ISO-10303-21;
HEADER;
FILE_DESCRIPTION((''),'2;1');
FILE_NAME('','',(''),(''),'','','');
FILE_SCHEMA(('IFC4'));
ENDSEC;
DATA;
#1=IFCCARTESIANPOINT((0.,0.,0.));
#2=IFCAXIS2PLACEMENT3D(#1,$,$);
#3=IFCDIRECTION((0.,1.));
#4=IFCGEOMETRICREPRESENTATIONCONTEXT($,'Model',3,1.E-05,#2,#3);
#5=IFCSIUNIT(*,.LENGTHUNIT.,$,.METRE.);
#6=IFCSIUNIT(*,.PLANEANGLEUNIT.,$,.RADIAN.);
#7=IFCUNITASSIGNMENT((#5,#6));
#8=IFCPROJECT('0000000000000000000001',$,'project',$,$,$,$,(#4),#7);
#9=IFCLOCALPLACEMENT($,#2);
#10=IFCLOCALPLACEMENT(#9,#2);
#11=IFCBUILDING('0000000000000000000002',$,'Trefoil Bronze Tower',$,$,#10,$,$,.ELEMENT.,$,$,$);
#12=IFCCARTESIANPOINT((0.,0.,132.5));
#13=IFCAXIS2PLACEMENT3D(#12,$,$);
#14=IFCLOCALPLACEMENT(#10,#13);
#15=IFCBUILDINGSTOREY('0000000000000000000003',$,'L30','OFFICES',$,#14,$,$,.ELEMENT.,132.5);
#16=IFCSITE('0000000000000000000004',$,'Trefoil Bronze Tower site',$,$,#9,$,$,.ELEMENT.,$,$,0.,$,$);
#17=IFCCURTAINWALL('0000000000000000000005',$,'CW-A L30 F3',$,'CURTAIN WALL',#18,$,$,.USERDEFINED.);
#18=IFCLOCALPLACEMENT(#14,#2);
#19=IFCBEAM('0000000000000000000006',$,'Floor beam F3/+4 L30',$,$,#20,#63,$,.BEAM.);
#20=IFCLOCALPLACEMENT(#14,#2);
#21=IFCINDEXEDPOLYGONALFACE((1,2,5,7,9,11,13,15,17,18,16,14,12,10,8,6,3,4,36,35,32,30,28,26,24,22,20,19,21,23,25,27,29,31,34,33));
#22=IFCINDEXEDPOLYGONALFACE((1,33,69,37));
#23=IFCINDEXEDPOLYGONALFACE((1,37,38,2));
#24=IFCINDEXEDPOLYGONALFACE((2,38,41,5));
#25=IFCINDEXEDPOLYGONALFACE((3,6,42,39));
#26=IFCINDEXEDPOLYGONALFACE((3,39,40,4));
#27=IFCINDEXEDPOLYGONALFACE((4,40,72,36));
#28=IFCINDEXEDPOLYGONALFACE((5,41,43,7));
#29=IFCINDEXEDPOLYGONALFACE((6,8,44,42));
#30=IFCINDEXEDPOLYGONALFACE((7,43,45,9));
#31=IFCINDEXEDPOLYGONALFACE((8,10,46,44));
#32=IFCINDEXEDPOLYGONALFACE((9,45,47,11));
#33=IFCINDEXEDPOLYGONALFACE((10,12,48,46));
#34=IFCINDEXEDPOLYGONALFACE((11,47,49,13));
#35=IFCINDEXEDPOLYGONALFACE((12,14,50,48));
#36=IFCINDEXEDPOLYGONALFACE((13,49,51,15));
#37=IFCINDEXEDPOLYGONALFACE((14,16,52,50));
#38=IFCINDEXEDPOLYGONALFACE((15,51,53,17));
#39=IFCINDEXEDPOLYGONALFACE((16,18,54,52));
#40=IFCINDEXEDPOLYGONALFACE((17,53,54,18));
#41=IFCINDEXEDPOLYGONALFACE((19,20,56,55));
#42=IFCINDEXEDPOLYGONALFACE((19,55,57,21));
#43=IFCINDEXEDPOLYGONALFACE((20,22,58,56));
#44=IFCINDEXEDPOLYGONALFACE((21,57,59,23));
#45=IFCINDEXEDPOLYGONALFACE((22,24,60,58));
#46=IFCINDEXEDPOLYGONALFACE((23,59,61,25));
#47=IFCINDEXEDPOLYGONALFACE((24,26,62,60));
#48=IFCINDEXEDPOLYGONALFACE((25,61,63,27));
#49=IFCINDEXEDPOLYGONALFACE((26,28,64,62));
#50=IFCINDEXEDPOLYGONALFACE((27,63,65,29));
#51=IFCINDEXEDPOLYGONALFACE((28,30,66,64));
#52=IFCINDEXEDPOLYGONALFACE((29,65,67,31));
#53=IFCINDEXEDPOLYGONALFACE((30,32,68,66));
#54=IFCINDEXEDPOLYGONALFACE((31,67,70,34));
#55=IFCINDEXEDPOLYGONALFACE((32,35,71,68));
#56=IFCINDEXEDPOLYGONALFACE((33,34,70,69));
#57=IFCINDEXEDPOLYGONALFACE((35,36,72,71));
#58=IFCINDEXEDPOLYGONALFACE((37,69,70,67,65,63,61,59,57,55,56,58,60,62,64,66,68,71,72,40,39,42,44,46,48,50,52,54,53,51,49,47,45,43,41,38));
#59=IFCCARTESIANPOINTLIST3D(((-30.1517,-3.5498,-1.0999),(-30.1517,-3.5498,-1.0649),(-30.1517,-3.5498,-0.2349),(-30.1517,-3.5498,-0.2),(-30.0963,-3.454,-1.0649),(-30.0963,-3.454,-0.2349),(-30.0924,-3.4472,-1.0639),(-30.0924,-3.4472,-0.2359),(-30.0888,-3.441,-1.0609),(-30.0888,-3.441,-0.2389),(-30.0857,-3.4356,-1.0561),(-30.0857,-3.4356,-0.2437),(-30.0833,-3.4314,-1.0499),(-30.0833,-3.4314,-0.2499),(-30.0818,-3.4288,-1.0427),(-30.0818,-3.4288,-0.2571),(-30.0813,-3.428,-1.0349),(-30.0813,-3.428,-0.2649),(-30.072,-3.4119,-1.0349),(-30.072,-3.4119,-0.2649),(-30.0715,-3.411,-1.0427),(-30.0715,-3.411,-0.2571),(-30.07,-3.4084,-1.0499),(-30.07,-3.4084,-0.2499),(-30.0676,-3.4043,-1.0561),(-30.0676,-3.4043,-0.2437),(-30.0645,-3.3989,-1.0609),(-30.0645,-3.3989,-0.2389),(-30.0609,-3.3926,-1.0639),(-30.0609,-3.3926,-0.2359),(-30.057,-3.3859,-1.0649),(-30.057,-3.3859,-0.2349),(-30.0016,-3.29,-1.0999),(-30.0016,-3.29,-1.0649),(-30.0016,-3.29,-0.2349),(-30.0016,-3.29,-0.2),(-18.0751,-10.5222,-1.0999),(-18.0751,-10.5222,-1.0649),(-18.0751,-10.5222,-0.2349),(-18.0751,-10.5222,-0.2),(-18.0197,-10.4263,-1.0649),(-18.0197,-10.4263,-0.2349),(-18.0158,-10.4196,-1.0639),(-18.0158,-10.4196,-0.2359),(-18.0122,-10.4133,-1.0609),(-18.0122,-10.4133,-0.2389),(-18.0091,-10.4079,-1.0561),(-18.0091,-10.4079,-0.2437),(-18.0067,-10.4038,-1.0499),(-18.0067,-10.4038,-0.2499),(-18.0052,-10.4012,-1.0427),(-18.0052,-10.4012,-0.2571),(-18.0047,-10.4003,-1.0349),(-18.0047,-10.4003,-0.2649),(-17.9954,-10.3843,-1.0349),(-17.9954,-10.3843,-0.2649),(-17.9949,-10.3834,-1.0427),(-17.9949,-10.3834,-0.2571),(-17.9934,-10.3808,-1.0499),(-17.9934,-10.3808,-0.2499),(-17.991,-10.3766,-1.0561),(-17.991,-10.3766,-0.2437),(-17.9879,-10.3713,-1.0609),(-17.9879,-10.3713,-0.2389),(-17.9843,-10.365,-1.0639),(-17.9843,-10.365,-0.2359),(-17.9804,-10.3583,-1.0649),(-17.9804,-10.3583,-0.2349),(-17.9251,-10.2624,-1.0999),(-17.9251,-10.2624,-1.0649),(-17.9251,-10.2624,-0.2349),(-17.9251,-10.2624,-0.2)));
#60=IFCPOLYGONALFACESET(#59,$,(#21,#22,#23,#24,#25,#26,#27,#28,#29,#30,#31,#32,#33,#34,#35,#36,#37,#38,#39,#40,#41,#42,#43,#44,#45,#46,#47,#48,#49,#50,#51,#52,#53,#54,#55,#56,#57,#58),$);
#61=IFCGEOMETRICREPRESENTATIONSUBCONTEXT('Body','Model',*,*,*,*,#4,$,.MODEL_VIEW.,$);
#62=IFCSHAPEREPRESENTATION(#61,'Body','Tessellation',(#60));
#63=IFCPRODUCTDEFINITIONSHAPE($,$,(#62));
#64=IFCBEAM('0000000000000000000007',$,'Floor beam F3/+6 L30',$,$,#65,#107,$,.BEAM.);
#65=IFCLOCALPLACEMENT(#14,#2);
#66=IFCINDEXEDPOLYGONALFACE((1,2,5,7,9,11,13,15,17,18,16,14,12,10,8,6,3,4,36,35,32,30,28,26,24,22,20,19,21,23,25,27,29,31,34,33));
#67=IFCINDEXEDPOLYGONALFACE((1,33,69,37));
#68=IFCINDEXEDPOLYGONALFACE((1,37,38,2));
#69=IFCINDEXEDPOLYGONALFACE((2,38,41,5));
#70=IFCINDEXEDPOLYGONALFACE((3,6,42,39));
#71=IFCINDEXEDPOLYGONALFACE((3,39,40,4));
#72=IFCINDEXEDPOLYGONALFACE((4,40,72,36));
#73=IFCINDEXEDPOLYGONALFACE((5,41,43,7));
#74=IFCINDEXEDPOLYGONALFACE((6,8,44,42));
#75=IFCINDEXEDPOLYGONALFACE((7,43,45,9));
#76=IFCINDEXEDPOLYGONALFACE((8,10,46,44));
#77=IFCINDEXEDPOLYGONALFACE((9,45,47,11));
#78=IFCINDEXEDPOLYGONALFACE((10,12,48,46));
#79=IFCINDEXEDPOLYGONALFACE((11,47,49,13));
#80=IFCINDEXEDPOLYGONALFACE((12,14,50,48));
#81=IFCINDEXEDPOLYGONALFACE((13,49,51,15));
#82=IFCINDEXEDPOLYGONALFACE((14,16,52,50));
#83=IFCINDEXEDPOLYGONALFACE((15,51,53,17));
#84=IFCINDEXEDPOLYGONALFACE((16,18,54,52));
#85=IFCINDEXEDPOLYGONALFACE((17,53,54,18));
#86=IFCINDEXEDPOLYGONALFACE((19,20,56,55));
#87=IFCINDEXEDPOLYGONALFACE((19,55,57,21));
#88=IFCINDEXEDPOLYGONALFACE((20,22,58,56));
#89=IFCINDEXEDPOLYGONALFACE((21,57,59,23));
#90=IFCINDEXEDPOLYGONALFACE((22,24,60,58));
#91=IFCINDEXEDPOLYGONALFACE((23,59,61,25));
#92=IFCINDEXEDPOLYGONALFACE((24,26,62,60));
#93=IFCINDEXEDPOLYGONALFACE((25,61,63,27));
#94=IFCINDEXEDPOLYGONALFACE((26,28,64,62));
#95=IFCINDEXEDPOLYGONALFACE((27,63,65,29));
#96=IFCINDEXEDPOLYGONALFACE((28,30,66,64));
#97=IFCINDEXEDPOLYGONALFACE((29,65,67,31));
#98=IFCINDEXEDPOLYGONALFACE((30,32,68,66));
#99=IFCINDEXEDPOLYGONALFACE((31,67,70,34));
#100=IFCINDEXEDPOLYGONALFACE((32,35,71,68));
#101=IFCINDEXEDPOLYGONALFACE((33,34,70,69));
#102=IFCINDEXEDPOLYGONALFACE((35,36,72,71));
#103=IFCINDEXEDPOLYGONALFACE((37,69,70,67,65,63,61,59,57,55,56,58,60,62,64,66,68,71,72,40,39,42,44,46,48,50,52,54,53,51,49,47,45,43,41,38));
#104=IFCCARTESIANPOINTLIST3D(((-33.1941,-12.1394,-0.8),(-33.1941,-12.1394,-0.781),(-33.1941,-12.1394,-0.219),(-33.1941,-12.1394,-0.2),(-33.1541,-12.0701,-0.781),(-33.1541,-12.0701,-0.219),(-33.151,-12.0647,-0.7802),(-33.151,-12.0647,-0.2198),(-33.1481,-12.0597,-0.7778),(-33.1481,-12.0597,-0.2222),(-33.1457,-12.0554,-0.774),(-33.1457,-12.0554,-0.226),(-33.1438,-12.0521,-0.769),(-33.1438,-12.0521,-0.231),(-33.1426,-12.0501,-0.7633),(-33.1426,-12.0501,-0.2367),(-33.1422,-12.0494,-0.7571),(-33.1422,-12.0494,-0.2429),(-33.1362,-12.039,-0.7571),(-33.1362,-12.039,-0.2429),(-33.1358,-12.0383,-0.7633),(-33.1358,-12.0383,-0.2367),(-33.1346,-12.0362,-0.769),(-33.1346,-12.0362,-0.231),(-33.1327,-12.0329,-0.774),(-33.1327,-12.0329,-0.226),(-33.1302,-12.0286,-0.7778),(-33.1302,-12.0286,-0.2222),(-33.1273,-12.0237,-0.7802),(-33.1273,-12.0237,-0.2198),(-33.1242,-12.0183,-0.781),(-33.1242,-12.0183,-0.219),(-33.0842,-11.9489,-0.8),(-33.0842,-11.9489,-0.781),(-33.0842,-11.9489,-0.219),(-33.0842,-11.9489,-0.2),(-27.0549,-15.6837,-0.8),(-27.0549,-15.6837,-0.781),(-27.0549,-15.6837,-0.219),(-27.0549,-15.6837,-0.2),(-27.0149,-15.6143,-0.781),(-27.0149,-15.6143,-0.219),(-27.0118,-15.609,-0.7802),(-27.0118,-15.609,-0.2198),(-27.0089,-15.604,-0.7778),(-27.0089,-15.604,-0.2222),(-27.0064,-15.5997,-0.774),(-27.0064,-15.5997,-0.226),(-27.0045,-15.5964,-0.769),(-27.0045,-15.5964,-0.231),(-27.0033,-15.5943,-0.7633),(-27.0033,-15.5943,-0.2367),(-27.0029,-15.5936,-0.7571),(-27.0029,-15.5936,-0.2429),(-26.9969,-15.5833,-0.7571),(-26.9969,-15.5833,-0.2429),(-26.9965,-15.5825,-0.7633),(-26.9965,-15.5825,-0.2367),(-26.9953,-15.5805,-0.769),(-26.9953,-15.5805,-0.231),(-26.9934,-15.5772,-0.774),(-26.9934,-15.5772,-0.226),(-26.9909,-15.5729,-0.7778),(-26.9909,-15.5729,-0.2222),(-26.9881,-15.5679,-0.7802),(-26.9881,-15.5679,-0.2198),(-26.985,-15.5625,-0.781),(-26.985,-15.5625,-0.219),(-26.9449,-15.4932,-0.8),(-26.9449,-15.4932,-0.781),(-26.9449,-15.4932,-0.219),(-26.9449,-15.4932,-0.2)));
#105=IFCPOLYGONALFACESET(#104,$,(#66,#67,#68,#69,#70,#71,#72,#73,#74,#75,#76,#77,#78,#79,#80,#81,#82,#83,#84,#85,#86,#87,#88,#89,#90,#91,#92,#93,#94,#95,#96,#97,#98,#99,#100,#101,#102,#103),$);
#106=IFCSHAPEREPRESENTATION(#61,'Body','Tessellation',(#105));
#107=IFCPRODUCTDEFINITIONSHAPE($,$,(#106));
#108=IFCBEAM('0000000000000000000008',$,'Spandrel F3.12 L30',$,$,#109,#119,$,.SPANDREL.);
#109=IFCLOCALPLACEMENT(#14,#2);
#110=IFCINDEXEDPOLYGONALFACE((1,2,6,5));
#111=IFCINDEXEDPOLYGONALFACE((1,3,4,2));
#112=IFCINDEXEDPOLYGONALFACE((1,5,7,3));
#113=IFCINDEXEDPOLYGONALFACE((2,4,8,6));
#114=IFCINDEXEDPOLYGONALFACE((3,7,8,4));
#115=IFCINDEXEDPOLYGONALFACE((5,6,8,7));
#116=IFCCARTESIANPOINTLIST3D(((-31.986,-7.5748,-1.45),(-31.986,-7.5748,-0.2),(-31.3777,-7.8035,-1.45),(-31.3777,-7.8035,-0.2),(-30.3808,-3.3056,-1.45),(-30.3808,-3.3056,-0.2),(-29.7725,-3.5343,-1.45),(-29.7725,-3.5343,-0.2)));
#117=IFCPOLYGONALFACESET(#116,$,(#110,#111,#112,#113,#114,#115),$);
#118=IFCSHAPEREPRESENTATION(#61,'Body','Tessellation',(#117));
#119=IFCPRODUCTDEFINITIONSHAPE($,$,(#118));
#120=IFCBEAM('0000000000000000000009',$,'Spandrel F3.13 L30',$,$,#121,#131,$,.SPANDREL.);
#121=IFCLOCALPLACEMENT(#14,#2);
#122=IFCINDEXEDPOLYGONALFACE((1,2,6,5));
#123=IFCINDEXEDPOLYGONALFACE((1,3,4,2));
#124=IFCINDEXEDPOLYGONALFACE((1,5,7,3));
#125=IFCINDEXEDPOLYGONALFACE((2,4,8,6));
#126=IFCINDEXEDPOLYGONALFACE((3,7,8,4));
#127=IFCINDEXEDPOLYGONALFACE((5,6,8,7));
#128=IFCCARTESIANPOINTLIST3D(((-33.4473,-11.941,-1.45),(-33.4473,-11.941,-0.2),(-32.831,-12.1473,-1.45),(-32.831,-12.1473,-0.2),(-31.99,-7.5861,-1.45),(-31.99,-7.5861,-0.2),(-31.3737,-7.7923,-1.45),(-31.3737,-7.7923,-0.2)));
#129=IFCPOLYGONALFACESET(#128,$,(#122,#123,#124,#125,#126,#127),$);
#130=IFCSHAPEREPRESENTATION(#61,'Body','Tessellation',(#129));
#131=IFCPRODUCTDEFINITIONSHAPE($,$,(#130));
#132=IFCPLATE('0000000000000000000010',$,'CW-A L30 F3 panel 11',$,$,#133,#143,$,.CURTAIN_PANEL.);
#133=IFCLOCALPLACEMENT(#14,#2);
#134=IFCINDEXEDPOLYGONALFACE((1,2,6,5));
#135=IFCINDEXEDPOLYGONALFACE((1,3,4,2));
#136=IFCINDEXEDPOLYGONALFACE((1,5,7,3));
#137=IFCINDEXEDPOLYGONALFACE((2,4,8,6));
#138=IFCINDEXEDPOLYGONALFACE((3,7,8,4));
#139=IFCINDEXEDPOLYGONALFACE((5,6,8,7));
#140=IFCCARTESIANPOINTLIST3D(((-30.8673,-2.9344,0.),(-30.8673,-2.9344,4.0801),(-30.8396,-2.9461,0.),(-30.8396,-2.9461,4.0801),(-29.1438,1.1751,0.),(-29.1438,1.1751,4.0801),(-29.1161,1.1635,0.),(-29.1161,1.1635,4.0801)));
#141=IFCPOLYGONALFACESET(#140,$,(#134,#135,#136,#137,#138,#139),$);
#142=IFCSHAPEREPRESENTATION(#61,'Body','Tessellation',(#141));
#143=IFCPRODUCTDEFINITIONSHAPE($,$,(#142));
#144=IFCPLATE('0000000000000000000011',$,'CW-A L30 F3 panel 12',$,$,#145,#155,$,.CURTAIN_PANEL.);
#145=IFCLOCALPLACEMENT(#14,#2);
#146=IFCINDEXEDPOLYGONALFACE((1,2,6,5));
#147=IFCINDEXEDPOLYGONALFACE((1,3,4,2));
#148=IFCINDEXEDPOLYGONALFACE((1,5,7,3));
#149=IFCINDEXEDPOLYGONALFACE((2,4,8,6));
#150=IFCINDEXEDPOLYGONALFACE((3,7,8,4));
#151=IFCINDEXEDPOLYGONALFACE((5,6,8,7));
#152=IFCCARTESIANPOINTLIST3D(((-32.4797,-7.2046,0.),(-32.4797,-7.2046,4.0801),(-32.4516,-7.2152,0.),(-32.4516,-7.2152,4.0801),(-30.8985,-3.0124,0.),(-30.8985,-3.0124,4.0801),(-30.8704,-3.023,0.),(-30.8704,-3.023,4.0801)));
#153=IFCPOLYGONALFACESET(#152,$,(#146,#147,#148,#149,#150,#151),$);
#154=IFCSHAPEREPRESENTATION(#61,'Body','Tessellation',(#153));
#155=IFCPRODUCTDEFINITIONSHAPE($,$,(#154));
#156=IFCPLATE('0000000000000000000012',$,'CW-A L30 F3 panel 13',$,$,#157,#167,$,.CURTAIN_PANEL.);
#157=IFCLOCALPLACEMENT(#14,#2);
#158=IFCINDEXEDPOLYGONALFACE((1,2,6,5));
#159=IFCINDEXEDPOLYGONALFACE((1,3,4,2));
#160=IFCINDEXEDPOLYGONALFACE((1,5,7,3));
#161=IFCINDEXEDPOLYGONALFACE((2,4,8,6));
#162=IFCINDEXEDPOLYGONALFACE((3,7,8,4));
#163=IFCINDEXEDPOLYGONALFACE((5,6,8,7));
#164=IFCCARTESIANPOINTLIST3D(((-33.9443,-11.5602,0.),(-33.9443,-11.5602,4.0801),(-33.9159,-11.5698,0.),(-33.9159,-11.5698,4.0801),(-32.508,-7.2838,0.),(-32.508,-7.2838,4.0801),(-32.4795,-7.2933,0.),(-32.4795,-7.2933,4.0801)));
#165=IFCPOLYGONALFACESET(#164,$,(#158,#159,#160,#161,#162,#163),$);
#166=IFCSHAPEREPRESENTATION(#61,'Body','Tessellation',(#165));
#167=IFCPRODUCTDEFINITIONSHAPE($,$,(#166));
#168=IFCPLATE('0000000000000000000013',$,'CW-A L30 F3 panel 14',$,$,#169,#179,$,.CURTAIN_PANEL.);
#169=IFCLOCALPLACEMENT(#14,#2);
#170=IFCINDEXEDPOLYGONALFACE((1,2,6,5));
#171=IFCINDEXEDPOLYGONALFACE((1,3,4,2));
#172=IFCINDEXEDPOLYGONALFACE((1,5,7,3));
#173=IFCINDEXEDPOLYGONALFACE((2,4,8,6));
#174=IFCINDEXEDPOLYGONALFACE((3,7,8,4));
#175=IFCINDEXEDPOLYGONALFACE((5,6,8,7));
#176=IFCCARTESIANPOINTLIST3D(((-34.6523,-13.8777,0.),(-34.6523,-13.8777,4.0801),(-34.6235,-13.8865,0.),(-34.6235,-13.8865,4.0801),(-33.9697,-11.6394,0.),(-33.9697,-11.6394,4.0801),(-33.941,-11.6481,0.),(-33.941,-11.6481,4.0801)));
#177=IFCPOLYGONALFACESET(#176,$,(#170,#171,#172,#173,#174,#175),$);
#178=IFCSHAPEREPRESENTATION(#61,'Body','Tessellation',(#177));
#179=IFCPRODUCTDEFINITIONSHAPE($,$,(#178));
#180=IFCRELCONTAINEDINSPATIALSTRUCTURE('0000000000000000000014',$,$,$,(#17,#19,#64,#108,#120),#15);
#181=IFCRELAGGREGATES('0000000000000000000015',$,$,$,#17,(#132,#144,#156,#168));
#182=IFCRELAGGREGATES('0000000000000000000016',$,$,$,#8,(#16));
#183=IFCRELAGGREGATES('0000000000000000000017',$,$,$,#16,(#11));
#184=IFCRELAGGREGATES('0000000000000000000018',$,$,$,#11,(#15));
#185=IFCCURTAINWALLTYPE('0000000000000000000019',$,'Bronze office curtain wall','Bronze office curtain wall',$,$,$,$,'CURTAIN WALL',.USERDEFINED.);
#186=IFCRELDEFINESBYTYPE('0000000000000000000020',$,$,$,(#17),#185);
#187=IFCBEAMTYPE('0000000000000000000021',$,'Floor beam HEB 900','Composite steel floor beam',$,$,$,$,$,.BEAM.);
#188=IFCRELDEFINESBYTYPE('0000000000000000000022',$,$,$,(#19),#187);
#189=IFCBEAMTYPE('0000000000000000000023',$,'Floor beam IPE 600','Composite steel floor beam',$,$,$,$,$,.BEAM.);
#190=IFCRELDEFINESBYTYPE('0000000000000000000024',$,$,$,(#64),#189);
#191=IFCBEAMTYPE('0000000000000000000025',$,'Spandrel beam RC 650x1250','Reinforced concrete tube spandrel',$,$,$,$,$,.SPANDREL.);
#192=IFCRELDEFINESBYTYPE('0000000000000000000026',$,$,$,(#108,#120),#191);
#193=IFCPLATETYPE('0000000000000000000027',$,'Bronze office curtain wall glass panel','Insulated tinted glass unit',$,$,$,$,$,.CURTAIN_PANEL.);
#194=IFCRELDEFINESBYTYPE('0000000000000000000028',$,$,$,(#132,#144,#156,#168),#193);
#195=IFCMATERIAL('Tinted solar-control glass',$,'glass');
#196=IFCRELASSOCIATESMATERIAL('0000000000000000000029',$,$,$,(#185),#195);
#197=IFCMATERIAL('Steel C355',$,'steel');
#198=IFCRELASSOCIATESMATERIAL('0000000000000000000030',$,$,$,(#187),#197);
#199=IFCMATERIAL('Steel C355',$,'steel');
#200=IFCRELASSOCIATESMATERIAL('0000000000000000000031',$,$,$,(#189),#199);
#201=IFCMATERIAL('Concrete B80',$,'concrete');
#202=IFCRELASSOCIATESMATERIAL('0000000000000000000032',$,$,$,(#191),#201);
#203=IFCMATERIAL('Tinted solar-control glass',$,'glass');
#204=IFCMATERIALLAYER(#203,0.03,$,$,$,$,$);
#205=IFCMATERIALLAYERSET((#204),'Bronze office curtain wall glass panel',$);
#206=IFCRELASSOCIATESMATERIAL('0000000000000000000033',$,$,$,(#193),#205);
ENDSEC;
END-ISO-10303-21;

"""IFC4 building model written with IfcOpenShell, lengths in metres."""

from ifc_helpers import new_model, si_unit, direction, frame, origin, origin_2d, place, context, subcontext, project, spatial, rectangle, i_section, extrude, material, layer, layer_set, material_profile, profile_set, type_object, element, aggregate, save


model = new_model("IFC4")

# Units and contexts
model_context = context("Model", 3, precision=1e-05, world=origin(), true_north=direction((0.0, 1.0)))
body_context = subcontext(model_context, "Body", "Model", "MODEL_VIEW")
ifc_project = project(units=[si_unit("LENGTHUNIT", "METRE"), si_unit("PLANEANGLEUNIT", "RADIAN")], contexts=[model_context])

# Site, building, storey
site_placement = place(None, origin())
site = spatial("IfcSite", under=ifc_project, at=site_placement, Name="Trefoil Bronze Tower site", CompositionType="ELEMENT", RefElevation=0.0)
building_placement = place(site_placement, origin())
building = spatial("IfcBuilding", under=site, at=building_placement, Name="Trefoil Bronze Tower", CompositionType="ELEMENT")
storey_placement = place(building_placement, frame((0.0, 0.0, 132.5)))
storey = spatial("IfcBuildingStorey", under=building, at=storey_placement, Name="L30", Description="OFFICES", CompositionType="ELEMENT", Elevation=132.5)

# Curtain wall
ifc_material_1 = material(Name="Tinted solar-control glass", Category="glass")
curtain_wall_type_1 = type_object("IfcCurtainWallType", Name="Bronze office curtain wall", Description="Bronze office curtain wall", ElementType="CURTAIN WALL", PredefinedType="USERDEFINED", material=ifc_material_1)
curtain_wall_1_placement = place(storey_placement, origin())
curtain_wall_1 = element("IfcCurtainWall", 1, at=curtain_wall_1_placement, inside=storey, type_object=curtain_wall_type_1, Name="CW-A L30 F3", ObjectType="CURTAIN WALL", PredefinedType="USERDEFINED")

# Beams
ifc_material_2 = material(Name="Steel C355", Category="steel")
ifc_material_profile_1 = material_profile(ifc_material_2, i_section(OverallWidth=0.3, OverallDepth=0.8999, WebThickness=0.0186, FlangeThickness=0.0349, FilletRadius=0.03, at=origin_2d()), Name="HEB 900")
ifc_profile_set_1 = profile_set([ifc_material_profile_1], Name="Steel C355")
beam_type_1 = type_object("IfcBeamType", Name="Floor beam HEB 900", Description="Composite steel floor beam", PredefinedType="BEAM", material=ifc_profile_set_1)
beam_1_placement = place(storey_placement, frame((-30.0767, -3.4199, -0.6499), z_axis=(0.866027, -0.499997, 0.0), x_axis=(0.499997, 0.866027, 0.0)))
element("IfcBeam", 2, at=beam_1_placement, inside=storey, type_object=beam_type_1, Name="Floor beam F3/+4 L30", PredefinedType="BEAM", context=body_context, shape_type="SweptSolid", body=[
    extrude(i_section(OverallWidth=0.3, OverallDepth=0.8999, WebThickness=0.0186, FlangeThickness=0.0349, FilletRadius=0.03, at=origin_2d()), origin(), (0.0, 0.0, 1.0), 13.9448),
])
ifc_material_3 = material(Name="Steel C355", Category="steel")
ifc_material_profile_2 = material_profile(ifc_material_3, i_section(OverallWidth=0.22, OverallDepth=0.6001, WebThickness=0.012, FlangeThickness=0.019, FilletRadius=0.0239, at=origin_2d()), Name="IPE 600")
ifc_profile_set_2 = profile_set([ifc_material_profile_2], Name="Steel C355")
beam_type_2 = type_object("IfcBeamType", Name="Floor beam IPE 600", Description="Composite steel floor beam", PredefinedType="BEAM", material=ifc_profile_set_2)
beam_2_placement = place(storey_placement, frame((-33.1392, -12.0442, -0.5), z_axis=(0.866041, -0.499973, 0.0), x_axis=(0.499973, 0.866041, 0.0)))
element("IfcBeam", 3, at=beam_2_placement, inside=storey, type_object=beam_type_2, Name="Floor beam F3/+6 L30", PredefinedType="BEAM", context=body_context, shape_type="SweptSolid", body=[
    extrude(i_section(OverallWidth=0.22, OverallDepth=0.6001, WebThickness=0.012, FlangeThickness=0.019, FilletRadius=0.0239, at=origin_2d()), origin(), (0.0, 0.0, 1.0), 7.0889),
])
ifc_material_4 = material(Name="Concrete B80", Category="concrete")
ifc_material_profile_3 = material_profile(ifc_material_4, rectangle(XDim=0.6499, YDim=1.25, at=origin_2d()), Name="RC 650x1250")
ifc_profile_set_3 = profile_set([ifc_material_profile_3], Name="Concrete B80")
beam_type_3 = type_object("IfcBeamType", Name="Spandrel beam RC 650x1250", Description="Reinforced concrete tube spandrel", PredefinedType="SPANDREL", material=ifc_profile_set_3)
beam_3_placement = place(storey_placement, frame((-30.0767, -3.4199, -0.825), z_axis=(-0.351939, -0.936023, 0.0), x_axis=(0.936023, -0.351939, 0.0)))
element("IfcBeam", 4, at=beam_3_placement, inside=storey, type_object=beam_type_3, Name="Spandrel F3.12 L30", PredefinedType="SPANDREL", context=body_context, shape_type="SweptSolid", body=[
    extrude(rectangle(XDim=0.6499, YDim=1.25, at=origin_2d()), origin(), (0.0, 0.0, 1.0), 4.561),
])
beam_4_placement = place(storey_placement, frame((-31.6819, -7.6892, -0.825), z_axis=(-0.317328, -0.948316, 0.0), x_axis=(0.948316, -0.317328, 0.0)))
element("IfcBeam", 5, at=beam_4_placement, inside=storey, type_object=beam_type_3, Name="Spandrel F3.13 L30", PredefinedType="SPANDREL", context=body_context, shape_type="SweptSolid", body=[
    extrude(rectangle(XDim=0.6499, YDim=1.25, at=origin_2d()), origin(), (0.0, 0.0, 1.0), 4.5923),
])

# Plates
ifc_material_5 = material(Name="Tinted solar-control glass", Category="glass")
ifc_layer_1 = layer(ifc_material_5, 0.03)
ifc_layer_set_1 = layer_set([ifc_layer_1], Name="Bronze office curtain wall glass panel")
plate_type_1 = type_object("IfcPlateType", Name="Bronze office curtain wall glass panel", Description="Insulated tinted glass unit", PredefinedType="CURTAIN_PANEL", material=ifc_layer_set_1)
plate_1_placement = place(storey_placement, frame((-29.9917, -0.8855, 0.0), z_axis=(0.0, 0.0, 1.0), x_axis=(-0.386759, -0.922181, 0.0)))
plate_1 = element("IfcPlate", 6, at=plate_1_placement, type_object=plate_type_1, Name="CW-A L30 F3 panel 11", PredefinedType="CURTAIN_PANEL", context=body_context, shape_type="SweptSolid", body=[
    extrude(rectangle(XDim=4.4563, YDim=0.03, at=origin_2d()), origin(), (0.0, 0.0, 1.0), 4.0801),
])
plate_2_placement = place(storey_placement, frame((-31.675, -5.1138, 0.0), z_axis=(0.0, 0.0, 1.0), x_axis=(-0.35292, -0.935654, 0.0)))
plate_2 = element("IfcPlate", 7, at=plate_2_placement, type_object=plate_type_1, Name="CW-A L30 F3 panel 12", PredefinedType="CURTAIN_PANEL", context=body_context, shape_type="SweptSolid", body=[
    extrude(rectangle(XDim=4.4805, YDim=0.03, at=origin_2d()), origin(), (0.0, 0.0, 1.0), 4.0801),
])
plate_3_placement = place(storey_placement, frame((-33.2119, -9.4268, 0.0), z_axis=(0.0, 0.0, 1.0), x_axis=(-0.318404, -0.947955, 0.0)))
plate_3 = element("IfcPlate", 8, at=plate_3_placement, type_object=plate_type_1, Name="CW-A L30 F3 panel 13", PredefinedType="CURTAIN_PANEL", context=body_context, shape_type="SweptSolid", body=[
    extrude(rectangle(XDim=4.5112, YDim=0.03, at=origin_2d()), origin(), (0.0, 0.0, 1.0), 4.0801),
])
plate_4_placement = place(storey_placement, frame((-34.2966, -12.7629, 0.0), z_axis=(0.0, 0.0, 1.0), x_axis=(-0.291669, -0.956519, 0.0)))
plate_4 = element("IfcPlate", 9, at=plate_4_placement, type_object=plate_type_1, Name="CW-A L30 F3 panel 14", PredefinedType="CURTAIN_PANEL", context=body_context, shape_type="SweptSolid", body=[
    extrude(rectangle(XDim=2.3401, YDim=0.03, at=origin_2d()), origin(), (0.0, 0.0, 1.0), 4.0801),
])
aggregate(curtain_wall_1, [plate_1, plate_2, plate_3, plate_4])

save(model, "model.ifc")
